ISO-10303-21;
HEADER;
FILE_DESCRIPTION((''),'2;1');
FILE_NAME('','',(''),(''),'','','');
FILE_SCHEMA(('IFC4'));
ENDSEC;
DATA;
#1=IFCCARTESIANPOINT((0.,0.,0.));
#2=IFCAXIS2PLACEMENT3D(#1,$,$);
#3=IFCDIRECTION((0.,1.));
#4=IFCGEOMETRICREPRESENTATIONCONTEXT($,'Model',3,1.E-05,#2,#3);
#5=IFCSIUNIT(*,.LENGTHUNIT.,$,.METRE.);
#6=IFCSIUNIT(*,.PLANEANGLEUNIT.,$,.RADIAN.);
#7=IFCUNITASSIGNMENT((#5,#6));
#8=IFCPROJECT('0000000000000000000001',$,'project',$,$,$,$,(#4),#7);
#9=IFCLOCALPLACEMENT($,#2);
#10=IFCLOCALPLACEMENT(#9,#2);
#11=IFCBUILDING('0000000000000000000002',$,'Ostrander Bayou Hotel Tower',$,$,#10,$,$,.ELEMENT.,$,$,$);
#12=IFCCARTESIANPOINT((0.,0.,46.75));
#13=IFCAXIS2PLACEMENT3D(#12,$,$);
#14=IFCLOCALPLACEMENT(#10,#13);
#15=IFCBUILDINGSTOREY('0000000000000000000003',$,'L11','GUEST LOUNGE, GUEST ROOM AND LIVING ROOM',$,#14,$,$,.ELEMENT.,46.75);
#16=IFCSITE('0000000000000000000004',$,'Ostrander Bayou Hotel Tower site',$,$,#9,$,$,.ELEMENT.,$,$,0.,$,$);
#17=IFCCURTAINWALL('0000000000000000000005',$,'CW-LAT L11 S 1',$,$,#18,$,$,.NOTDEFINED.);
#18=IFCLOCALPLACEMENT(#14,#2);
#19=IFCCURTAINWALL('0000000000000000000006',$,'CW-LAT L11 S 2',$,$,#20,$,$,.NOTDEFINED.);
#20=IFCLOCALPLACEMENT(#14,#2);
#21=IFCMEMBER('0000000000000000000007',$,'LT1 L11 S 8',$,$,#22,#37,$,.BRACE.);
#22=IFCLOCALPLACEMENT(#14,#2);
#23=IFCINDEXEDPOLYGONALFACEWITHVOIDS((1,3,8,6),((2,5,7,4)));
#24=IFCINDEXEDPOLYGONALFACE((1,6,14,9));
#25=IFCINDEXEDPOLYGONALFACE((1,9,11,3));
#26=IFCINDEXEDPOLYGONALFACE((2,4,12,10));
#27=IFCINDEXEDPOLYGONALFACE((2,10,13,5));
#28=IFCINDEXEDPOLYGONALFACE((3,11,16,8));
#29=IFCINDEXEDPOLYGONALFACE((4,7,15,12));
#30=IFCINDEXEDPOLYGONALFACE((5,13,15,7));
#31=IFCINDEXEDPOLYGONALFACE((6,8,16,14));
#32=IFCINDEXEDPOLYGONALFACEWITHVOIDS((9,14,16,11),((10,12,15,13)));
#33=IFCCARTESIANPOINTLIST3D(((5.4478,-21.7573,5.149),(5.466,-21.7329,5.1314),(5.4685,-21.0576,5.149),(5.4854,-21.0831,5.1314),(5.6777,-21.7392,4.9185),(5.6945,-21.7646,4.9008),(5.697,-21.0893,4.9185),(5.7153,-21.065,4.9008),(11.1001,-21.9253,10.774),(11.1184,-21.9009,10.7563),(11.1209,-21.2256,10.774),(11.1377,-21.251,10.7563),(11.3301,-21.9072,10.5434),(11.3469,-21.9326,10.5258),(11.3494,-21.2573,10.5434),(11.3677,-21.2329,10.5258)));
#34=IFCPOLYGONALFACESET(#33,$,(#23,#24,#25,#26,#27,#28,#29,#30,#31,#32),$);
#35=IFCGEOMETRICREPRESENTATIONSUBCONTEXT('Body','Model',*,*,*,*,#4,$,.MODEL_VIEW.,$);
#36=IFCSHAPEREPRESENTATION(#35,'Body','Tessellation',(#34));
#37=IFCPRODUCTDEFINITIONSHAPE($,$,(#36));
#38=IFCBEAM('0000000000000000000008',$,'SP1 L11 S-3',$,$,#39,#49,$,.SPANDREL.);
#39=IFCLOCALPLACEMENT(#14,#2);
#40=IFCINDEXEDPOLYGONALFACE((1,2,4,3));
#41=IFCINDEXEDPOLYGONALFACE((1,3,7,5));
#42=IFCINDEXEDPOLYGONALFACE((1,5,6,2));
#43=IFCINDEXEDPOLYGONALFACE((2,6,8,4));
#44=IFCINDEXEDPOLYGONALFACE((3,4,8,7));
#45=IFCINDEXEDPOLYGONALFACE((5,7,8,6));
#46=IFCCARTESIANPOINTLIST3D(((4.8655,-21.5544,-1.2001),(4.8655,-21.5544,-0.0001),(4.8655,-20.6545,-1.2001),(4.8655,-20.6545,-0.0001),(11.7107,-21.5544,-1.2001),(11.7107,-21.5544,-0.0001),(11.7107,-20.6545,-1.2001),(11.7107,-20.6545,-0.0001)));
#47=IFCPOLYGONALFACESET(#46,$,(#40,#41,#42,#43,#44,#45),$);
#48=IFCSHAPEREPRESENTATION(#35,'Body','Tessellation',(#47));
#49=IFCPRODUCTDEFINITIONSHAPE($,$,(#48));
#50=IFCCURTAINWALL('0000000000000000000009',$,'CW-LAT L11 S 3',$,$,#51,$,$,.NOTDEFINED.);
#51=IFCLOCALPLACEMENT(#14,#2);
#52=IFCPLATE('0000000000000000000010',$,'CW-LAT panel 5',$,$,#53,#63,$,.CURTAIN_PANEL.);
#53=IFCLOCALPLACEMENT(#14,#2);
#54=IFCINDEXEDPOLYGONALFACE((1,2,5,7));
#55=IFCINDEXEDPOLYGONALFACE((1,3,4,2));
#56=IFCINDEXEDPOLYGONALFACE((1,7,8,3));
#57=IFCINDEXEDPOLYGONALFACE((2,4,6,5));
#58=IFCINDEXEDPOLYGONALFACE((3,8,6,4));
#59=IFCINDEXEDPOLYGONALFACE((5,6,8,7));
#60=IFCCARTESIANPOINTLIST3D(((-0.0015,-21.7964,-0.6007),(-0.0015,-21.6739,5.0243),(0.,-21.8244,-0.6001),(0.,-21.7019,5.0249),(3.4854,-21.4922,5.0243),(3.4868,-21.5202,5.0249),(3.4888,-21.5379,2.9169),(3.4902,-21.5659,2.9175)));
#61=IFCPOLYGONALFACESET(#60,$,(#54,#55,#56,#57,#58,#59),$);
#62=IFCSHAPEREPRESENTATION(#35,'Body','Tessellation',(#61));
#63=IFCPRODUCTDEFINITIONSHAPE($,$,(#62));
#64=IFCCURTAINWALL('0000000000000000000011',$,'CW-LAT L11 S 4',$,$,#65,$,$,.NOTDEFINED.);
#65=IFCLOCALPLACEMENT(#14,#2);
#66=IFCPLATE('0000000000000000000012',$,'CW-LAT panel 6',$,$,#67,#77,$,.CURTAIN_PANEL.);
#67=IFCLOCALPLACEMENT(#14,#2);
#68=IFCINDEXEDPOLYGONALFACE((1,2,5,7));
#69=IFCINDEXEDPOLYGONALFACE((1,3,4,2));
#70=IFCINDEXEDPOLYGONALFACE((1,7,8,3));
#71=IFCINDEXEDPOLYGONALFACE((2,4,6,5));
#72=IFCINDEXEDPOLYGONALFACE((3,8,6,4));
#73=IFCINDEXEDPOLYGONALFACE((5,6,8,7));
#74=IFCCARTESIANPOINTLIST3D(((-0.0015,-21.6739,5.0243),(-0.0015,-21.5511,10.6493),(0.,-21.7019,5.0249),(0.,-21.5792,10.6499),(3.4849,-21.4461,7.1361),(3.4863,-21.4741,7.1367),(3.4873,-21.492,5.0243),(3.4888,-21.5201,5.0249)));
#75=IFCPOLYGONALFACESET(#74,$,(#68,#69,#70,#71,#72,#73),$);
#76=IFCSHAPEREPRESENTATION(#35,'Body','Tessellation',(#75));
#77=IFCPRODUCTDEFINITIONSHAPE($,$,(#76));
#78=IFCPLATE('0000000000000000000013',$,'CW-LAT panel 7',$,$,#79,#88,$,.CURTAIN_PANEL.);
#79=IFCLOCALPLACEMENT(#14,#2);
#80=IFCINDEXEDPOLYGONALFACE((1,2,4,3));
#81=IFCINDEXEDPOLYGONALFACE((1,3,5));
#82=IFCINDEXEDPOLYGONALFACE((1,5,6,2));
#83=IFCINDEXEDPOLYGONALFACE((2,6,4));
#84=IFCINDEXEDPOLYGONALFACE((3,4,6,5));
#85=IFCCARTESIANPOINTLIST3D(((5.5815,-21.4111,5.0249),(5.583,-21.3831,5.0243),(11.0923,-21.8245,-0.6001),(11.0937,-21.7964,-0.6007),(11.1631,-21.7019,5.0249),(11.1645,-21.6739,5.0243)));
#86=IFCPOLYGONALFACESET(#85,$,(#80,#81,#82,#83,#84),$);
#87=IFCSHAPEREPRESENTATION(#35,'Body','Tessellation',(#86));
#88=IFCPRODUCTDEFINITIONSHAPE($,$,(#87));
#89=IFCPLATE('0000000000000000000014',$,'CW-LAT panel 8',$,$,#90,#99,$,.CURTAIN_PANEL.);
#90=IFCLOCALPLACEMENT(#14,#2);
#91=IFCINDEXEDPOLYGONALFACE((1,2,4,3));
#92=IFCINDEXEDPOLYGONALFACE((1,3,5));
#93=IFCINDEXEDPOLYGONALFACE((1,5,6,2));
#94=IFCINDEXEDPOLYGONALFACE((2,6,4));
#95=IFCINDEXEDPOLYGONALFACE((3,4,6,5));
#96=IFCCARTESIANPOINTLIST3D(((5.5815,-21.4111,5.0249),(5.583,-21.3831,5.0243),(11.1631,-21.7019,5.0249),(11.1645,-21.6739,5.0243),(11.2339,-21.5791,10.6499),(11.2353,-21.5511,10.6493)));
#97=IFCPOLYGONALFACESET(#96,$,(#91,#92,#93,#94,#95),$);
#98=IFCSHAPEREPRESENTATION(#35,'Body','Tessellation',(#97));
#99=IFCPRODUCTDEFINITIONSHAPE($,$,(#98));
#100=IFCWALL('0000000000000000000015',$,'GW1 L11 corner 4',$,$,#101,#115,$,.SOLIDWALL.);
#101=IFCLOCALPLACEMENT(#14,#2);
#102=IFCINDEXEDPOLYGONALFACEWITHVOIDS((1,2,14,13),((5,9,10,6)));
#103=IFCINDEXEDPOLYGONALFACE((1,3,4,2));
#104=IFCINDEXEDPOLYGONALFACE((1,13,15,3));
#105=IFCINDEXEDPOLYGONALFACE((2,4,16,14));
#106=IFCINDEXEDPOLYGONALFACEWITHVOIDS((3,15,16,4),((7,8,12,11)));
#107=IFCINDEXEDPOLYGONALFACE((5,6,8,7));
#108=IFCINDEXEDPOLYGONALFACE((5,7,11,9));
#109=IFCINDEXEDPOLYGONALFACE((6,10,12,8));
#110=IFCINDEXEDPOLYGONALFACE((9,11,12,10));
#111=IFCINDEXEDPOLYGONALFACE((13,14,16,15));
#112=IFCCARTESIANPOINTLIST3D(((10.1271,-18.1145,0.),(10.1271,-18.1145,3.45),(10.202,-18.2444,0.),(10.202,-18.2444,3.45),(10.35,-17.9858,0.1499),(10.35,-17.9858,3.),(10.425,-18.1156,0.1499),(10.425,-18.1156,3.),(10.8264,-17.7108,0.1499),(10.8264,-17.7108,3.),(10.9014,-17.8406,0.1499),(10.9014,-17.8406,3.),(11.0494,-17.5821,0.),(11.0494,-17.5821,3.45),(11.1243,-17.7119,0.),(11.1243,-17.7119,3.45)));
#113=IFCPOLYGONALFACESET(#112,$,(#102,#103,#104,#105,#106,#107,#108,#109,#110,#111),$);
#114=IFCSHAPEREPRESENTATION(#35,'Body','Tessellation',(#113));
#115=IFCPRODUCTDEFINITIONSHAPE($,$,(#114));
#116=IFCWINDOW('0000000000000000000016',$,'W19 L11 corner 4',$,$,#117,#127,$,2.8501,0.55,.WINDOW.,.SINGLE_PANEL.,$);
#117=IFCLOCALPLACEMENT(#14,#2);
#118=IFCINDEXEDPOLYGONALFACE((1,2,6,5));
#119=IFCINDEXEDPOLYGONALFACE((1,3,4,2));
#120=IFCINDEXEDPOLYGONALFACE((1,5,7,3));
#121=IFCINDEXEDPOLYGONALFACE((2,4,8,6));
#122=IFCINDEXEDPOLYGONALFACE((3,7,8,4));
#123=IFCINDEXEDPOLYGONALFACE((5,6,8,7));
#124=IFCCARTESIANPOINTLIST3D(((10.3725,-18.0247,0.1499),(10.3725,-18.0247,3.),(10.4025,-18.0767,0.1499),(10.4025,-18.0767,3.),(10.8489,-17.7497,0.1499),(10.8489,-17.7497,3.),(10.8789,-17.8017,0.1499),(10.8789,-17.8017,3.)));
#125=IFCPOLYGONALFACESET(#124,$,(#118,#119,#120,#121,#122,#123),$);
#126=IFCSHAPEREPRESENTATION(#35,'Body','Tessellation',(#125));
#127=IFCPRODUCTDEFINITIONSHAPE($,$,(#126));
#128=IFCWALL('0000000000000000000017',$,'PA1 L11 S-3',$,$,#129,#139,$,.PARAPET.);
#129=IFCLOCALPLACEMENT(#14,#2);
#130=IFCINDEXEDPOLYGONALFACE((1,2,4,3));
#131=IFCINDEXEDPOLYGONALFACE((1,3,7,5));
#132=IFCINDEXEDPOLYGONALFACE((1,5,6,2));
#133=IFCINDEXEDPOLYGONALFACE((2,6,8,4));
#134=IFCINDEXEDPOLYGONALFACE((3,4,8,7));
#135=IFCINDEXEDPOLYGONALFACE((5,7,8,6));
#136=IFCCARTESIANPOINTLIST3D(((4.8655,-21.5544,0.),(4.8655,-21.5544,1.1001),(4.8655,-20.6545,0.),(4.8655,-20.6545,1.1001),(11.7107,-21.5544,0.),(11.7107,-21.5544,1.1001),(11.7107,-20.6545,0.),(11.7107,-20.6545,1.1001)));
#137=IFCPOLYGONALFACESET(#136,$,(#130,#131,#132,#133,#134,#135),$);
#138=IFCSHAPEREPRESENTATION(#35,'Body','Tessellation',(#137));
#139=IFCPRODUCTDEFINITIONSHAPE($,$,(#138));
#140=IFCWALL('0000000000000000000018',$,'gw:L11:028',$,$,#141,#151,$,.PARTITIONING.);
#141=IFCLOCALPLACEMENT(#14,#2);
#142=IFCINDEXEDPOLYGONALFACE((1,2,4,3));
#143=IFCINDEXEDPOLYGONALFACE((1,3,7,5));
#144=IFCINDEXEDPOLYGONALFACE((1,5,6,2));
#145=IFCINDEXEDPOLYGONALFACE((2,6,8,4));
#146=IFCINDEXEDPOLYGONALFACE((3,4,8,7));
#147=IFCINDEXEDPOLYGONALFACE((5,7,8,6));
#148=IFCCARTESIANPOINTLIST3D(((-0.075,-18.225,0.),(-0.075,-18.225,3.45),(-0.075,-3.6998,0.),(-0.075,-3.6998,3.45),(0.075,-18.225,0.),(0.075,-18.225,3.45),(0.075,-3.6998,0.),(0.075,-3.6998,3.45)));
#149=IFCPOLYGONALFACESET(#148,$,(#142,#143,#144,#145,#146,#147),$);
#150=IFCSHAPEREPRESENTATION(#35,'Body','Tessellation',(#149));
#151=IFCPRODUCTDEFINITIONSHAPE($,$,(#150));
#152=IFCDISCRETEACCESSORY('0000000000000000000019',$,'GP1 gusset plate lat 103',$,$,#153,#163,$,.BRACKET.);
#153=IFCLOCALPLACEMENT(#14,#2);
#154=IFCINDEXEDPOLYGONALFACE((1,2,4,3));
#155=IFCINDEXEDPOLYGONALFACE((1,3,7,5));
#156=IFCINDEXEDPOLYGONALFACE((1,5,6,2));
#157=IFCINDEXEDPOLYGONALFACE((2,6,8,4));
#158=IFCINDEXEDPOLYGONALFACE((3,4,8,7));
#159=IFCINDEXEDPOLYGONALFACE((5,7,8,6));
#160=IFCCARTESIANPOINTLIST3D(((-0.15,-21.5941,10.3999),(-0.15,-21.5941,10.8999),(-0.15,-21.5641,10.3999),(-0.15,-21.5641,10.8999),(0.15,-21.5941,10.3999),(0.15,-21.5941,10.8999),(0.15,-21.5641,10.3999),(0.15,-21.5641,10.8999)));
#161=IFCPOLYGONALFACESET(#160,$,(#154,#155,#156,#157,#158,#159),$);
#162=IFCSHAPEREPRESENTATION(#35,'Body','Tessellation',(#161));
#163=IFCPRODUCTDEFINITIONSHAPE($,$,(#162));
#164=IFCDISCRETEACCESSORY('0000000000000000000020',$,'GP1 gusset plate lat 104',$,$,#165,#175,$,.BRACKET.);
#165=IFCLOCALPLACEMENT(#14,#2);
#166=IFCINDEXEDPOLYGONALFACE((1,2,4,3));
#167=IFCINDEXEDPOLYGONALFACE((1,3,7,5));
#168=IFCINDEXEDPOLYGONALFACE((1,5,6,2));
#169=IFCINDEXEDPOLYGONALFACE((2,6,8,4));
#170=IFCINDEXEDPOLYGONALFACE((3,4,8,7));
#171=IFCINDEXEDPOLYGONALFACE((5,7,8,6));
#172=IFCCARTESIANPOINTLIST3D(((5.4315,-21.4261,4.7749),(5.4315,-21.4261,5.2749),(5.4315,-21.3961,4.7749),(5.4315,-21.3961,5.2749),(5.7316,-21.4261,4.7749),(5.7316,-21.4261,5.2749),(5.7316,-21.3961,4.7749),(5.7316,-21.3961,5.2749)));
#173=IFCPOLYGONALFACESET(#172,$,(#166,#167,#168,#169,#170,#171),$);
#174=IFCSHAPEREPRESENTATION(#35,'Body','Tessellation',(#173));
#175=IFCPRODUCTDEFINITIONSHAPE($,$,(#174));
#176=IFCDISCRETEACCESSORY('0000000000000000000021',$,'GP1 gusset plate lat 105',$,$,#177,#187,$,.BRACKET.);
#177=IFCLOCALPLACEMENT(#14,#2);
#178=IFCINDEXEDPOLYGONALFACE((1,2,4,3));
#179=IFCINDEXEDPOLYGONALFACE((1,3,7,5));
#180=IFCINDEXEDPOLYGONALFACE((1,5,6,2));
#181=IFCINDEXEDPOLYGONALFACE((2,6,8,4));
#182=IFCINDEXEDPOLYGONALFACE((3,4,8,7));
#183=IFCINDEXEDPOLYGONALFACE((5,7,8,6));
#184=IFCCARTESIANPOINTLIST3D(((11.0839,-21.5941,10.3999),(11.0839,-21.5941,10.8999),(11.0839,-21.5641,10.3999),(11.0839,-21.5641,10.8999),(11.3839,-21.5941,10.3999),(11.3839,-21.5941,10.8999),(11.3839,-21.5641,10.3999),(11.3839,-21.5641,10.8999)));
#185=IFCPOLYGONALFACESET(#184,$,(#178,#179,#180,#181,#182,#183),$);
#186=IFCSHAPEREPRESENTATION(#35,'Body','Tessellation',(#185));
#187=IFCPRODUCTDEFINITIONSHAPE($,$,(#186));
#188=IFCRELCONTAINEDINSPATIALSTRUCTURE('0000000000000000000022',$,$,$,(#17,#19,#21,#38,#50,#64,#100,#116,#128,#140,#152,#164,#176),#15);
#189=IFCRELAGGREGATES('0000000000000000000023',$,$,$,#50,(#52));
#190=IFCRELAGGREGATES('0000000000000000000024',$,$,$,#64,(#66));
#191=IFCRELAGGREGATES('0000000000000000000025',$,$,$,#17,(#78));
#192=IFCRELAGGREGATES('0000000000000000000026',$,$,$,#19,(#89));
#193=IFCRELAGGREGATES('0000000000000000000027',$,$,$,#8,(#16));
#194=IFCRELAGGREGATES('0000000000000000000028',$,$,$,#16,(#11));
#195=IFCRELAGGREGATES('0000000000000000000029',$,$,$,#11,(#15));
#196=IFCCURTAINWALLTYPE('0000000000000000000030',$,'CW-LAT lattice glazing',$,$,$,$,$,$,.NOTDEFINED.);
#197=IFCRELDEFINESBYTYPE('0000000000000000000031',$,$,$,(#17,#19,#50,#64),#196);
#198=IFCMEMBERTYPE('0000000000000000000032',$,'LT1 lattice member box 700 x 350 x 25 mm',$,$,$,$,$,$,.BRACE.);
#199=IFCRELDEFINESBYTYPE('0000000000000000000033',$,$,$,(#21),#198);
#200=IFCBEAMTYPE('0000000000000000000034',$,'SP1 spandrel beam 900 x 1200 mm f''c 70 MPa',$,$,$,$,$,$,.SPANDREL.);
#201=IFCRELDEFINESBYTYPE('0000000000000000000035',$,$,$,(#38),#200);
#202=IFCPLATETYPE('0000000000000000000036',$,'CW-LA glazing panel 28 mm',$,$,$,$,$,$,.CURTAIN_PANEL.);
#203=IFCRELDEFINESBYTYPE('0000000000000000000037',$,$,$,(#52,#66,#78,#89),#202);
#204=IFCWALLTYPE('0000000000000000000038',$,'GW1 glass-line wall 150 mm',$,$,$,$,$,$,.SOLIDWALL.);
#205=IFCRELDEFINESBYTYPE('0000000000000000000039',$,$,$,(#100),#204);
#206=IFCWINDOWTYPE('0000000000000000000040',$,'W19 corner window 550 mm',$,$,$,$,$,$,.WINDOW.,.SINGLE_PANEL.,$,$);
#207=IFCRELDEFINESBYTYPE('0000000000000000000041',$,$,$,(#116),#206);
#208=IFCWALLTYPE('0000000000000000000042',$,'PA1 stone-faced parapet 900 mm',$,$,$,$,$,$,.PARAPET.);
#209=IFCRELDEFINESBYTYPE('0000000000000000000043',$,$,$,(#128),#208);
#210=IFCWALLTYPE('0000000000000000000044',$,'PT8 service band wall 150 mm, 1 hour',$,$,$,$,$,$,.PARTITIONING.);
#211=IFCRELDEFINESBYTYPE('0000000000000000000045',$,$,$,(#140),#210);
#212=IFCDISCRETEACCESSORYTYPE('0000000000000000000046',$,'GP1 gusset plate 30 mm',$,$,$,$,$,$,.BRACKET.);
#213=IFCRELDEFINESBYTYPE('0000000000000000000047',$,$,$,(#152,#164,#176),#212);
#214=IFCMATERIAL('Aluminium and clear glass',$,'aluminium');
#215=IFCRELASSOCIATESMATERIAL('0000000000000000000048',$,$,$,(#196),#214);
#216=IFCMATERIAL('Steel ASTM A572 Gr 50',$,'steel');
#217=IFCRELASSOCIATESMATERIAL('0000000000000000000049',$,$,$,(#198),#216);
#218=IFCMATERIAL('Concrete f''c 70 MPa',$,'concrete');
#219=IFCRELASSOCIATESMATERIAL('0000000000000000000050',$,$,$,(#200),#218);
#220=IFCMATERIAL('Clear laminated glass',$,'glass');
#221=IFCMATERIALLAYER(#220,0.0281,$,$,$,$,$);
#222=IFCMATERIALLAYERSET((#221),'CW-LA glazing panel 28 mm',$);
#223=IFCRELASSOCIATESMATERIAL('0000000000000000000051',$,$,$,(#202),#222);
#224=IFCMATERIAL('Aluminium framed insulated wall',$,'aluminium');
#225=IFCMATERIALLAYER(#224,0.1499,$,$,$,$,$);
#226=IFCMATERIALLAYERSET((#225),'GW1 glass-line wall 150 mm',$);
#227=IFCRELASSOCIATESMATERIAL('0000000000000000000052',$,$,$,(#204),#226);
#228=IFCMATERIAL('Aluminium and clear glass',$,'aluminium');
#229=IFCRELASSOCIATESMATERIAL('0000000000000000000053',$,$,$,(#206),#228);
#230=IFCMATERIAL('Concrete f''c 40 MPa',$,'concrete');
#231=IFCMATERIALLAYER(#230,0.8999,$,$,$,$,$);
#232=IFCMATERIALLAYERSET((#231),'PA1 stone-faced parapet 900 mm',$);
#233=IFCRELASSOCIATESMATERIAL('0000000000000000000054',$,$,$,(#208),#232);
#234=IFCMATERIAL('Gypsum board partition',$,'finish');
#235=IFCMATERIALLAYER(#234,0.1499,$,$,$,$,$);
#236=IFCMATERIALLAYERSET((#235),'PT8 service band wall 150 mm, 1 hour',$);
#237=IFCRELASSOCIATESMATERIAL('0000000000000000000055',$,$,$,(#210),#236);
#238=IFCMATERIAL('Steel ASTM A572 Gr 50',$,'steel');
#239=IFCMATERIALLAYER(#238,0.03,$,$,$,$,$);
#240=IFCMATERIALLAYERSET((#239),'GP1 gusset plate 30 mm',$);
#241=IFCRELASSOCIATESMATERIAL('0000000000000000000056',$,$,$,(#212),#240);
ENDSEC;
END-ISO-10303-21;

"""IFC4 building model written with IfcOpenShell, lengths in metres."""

from ifc_helpers import new_model, si_unit, direction, frame, frame_2d, origin, origin_2d, place, context, subcontext, project, spatial, polyline, rectangle, hollow_rectangle, outline, extrude, material, layer, layer_set, material_profile, profile_set, type_object, element, fill, aggregate, save


model = new_model("IFC4")

# Units and contexts
model_context = context("Model", 3, precision=1e-05, world=origin(), true_north=direction((0.0, 1.0)))
body_context = subcontext(model_context, "Body", "Model", "MODEL_VIEW")
ifc_project = project(units=[si_unit("LENGTHUNIT", "METRE"), si_unit("PLANEANGLEUNIT", "RADIAN")], contexts=[model_context])

# Site, building, storey
site_placement = place(None, origin())
site = spatial("IfcSite", under=ifc_project, at=site_placement, Name="Ostrander Bayou Hotel Tower site", CompositionType="ELEMENT", RefElevation=0.0)
building_placement = place(site_placement, origin())
building = spatial("IfcBuilding", under=site, at=building_placement, Name="Ostrander Bayou Hotel Tower", CompositionType="ELEMENT")
storey_placement = place(building_placement, frame((0.0, 0.0, 46.75)))
storey = spatial("IfcBuildingStorey", under=building, at=storey_placement, Name="L11", Description="GUEST LOUNGE, GUEST ROOM AND LIVING ROOM", CompositionType="ELEMENT", Elevation=46.75)

# Curtain walls
ifc_material_1 = material(Name="Aluminium and clear glass", Category="aluminium")
curtain_wall_type = type_object("IfcCurtainWallType", Name="CW-LAT lattice glazing", PredefinedType="NOTDEFINED", material=ifc_material_1)
curtain_wall_1_placement = place(storey_placement, origin())
curtain_wall_1 = element("IfcCurtainWall", 1, at=curtain_wall_1_placement, inside=storey, type_object=curtain_wall_type, Name="CW-LAT L11 S 1", PredefinedType="NOTDEFINED")
curtain_wall_2_placement = place(storey_placement, origin())
curtain_wall_2 = element("IfcCurtainWall", 2, at=curtain_wall_2_placement, inside=storey, type_object=curtain_wall_type, Name="CW-LAT L11 S 2", PredefinedType="NOTDEFINED")

# Member
ifc_material_2 = material(Name="Steel ASTM A572 Gr 50", Category="steel")
ifc_material_profile_1 = material_profile(ifc_material_2, hollow_rectangle(XDim=0.7, YDim=0.3501, WallThickness=0.0249, at=origin_2d()))
ifc_profile_set_1 = profile_set([ifc_material_profile_1], Name="Steel ASTM A572 Gr 50")
member_type_1 = type_object("IfcMemberType", Name="LT1 lattice member box 700 x 350 x 25 mm", PredefinedType="BRACE", material=ifc_profile_set_1)
member_1_placement = place(storey_placement, frame((5.5815, -21.4111, 5.0249), z_axis=(0.708662, -0.021059, 0.705234), x_axis=(0.029704, 0.999559, 0.0)))
element("IfcMember", 3, at=member_1_placement, inside=storey, type_object=member_type_1, Name="LT1 L11 S 8", PredefinedType="BRACE", context=body_context, shape_type="SweptSolid", body=[
    extrude(hollow_rectangle(XDim=0.7, YDim=0.3501, WallThickness=0.0249, at=origin_2d()), origin(), (0.0, 0.0, 1.0), 7.9761),
])

# Beam
ifc_material_3 = material(Name="Concrete f'c 70 MPa", Category="concrete")
ifc_material_profile_2 = material_profile(ifc_material_3, rectangle(XDim=0.8999, YDim=1.2, at=origin_2d()))
ifc_profile_set_2 = profile_set([ifc_material_profile_2], Name="Concrete f'c 70 MPa")
beam_type_1 = type_object("IfcBeamType", Name="SP1 spandrel beam 900 x 1200 mm f'c 70 MPa", PredefinedType="SPANDREL", material=ifc_profile_set_2)
beam_1_placement = place(storey_placement, frame((4.8655, -21.1045, -0.6001), z_axis=(1.0, 0.0, 0.0), x_axis=(0.0, 1.0, 0.0)))
element("IfcBeam", 4, at=beam_1_placement, inside=storey, type_object=beam_type_1, Name="SP1 L11 S-3", PredefinedType="SPANDREL", context=body_context, shape_type="SweptSolid", body=[
    extrude(rectangle(XDim=0.8999, YDim=1.2, at=origin_2d()), origin(), (0.0, 0.0, 1.0), 6.8452),
])

# Curtain walls, plates
curtain_wall_3_placement = place(storey_placement, origin())
curtain_wall_3 = element("IfcCurtainWall", 5, at=curtain_wall_3_placement, inside=storey, type_object=curtain_wall_type, Name="CW-LAT L11 S 3", PredefinedType="NOTDEFINED")
ifc_material_4 = material(Name="Clear laminated glass", Category="glass")
ifc_layer_1 = layer(ifc_material_4, 0.0281)
ifc_layer_set_1 = layer_set([ifc_layer_1], Name="CW-LA glazing panel 28 mm")
plate_type = type_object("IfcPlateType", Name="CW-LA glazing panel 28 mm", PredefinedType="CURTAIN_PANEL", material=ifc_layer_set_1)
plate_1_placement = place(storey_placement, frame((3.4902, -21.5659, 2.9175), z_axis=(0.052028, -0.998409, 0.021743), x_axis=(-0.703386, -0.052092, -0.708896)))
plate_1 = element("IfcPlate", 6, at=plate_1_placement, type_object=plate_type, Name="CW-LAT panel 5", PredefinedType="CURTAIN_PANEL", context=body_context, shape_type="SweptSolid", body=[
    extrude(outline(polyline([(0.0, 0.0), (4.962, 0.0), (0.9681, -3.9629), (-1.4939, -1.4871), (0.0, 0.0)])), origin(), (0.0, 0.0, -1.0), 0.0281),
])
aggregate(curtain_wall_3, [plate_1])
curtain_wall_4_placement = place(storey_placement, origin())
curtain_wall_4 = element("IfcCurtainWall", 7, at=curtain_wall_4_placement, inside=storey, type_object=curtain_wall_type, Name="CW-LAT L11 S 4", PredefinedType="NOTDEFINED")
plate_2_placement = place(storey_placement, frame((3.4863, -21.4741, 7.1367), z_axis=(0.052035, -0.998408, 0.021787), x_axis=(-0.70423, -0.021217, 0.709655)))
plate_2 = element("IfcPlate", 8, at=plate_2_placement, type_object=plate_type, Name="CW-LAT panel 6", PredefinedType="CURTAIN_PANEL", context=body_context, shape_type="SweptSolid", body=[
    extrude(outline(polyline([(0.0, 0.0), (4.9506, 0.0), (0.9613, 3.9676), (-1.4994, 1.4878), (0.0, 0.0)])), origin(), (0.0, 0.0, -1.0), 0.0281),
])
aggregate(curtain_wall_4, [plate_2])

# Plates
plate_3_placement = place(storey_placement, frame((5.5815, -21.4111, 5.0249), z_axis=(-0.052012, -0.998395, 0.022408), x_axis=(0.698853, -0.052417, -0.713342)))
plate_3 = element("IfcPlate", 9, at=plate_3_placement, type_object=plate_type, Name="CW-LAT panel 7", PredefinedType="CURTAIN_PANEL", context=body_context, shape_type="SweptSolid", body=[
    extrude(outline(polyline([(0.0, 0.0), (7.8854, 0.0), (3.9159, 3.988), (0.0, 0.0)])), origin(), (0.0, 0.0, -1.0), 0.0281),
])
aggregate(curtain_wall_1, [plate_3])
plate_4_placement = place(storey_placement, frame((5.5815, -21.4111, 5.0249), z_axis=(-0.052012, -0.998394, 0.022451), x_axis=(0.708662, -0.021059, 0.705234)))
plate_4 = element("IfcPlate", 10, at=plate_4_placement, type_object=plate_type, Name="CW-LAT panel 8", PredefinedType="CURTAIN_PANEL", context=body_context, shape_type="SweptSolid", body=[
    extrude(outline(polyline([(0.0, 0.0), (7.9761, 0.0), (3.9616, -3.9426), (0.0, 0.0)])), origin(), (0.0, 0.0, -1.0), 0.0281),
])
aggregate(curtain_wall_2, [plate_4])

# Wall, opening, window
ifc_material_5 = material(Name="Aluminium framed insulated wall", Category="aluminium")
ifc_layer_2 = layer(ifc_material_5, 0.1499)
ifc_layer_set_2 = layer_set([ifc_layer_2], Name="GW1 glass-line wall 150 mm")
wall_type_1 = type_object("IfcWallType", Name="GW1 glass-line wall 150 mm", PredefinedType="SOLIDWALL", material=ifc_layer_set_2)
wall_1_placement = place(storey_placement, frame((10.1646, -18.1794, 0.0), z_axis=(0.0, 0.0, 1.0), x_axis=(0.866048, 0.499961, 0.0)))
wall_1 = element("IfcWall", 11, at=wall_1_placement, inside=storey, type_object=wall_type_1, Name="GW1 L11 corner 4", PredefinedType="SOLIDWALL", context=body_context, shape_type="SweptSolid", body=[
    extrude(rectangle(XDim=1.0649, YDim=0.1499, at=frame_2d((0.5325, 0.0))), origin(), (0.0, 0.0, 1.0), 3.45),
])
opening_placement = place(wall_1_placement, frame((0.2576, 0.0, 0.1499)))
opening = element("IfcOpeningElement", 12, at=opening_placement, cuts=wall_1, PredefinedType="OPENING", context=body_context, shape_type="SweptSolid", body=[
    extrude(rectangle(XDim=0.55, YDim=2.8501, at=frame_2d((0.2749, 1.425))), frame((0.0, 0.075, 0.0), z_axis=(0.0, -1.0, 0.0), x_axis=(1.0, 0.0, 0.0)), (0.0, 0.0, 1.0), 0.1499),
])
ifc_material_6 = material(Name="Aluminium and clear glass", Category="aluminium")
window_type = type_object("IfcWindowType", Name="W19 corner window 550 mm", PartitioningType="SINGLE_PANEL", PredefinedType="WINDOW", material=ifc_material_6)
window_placement = place(opening_placement, origin())
window = element("IfcWindow", 13, at=window_placement, inside=storey, type_object=window_type, Name="W19 L11 corner 4", OverallHeight=2.8501, OverallWidth=0.55, PartitioningType="SINGLE_PANEL", PredefinedType="WINDOW", context=body_context, shape_type="SweptSolid", body=[
    extrude(rectangle(XDim=0.55, YDim=2.8501, at=frame_2d((0.2749, 1.425))), frame((0.0, 0.03, 0.0), z_axis=(0.0, -1.0, 0.0), x_axis=(1.0, 0.0, 0.0)), (0.0, 0.0, 1.0), 0.0601),
])
fill(opening, window)

# Walls
ifc_material_7 = material(Name="Concrete f'c 40 MPa", Category="concrete")
ifc_layer_3 = layer(ifc_material_7, 0.8999)
ifc_layer_set_3 = layer_set([ifc_layer_3], Name="PA1 stone-faced parapet 900 mm")
wall_type_2 = type_object("IfcWallType", Name="PA1 stone-faced parapet 900 mm", PredefinedType="PARAPET", material=ifc_layer_set_3)
wall_2_placement = place(storey_placement, frame((4.8655, -21.1045, 0.0), z_axis=(0.0, 0.0, 1.0), x_axis=(1.0, 0.0, 0.0)))
element("IfcWall", 14, at=wall_2_placement, inside=storey, type_object=wall_type_2, Name="PA1 L11 S-3", PredefinedType="PARAPET", context=body_context, shape_type="SweptSolid", body=[
    extrude(rectangle(XDim=6.8452, YDim=0.8999, at=frame_2d((3.4226, 0.0))), origin(), (0.0, 0.0, 1.0), 1.1001),
])
ifc_material_8 = material(Name="Gypsum board partition", Category="finish")
ifc_layer_4 = layer(ifc_material_8, 0.1499)
ifc_layer_set_4 = layer_set([ifc_layer_4], Name="PT8 service band wall 150 mm, 1 hour")
wall_type_3 = type_object("IfcWallType", Name="PT8 service band wall 150 mm, 1 hour", PredefinedType="PARTITIONING", material=ifc_layer_set_4)
wall_3_placement = place(storey_placement, frame((0.0, -18.2251, 0.0), z_axis=(0.0, 0.0, 1.0), x_axis=(0.0, 1.0, 0.0)))
element("IfcWall", 15, at=wall_3_placement, inside=storey, type_object=wall_type_3, Name="gw:L11:028", PredefinedType="PARTITIONING", context=body_context, shape_type="SweptSolid", body=[
    extrude(rectangle(XDim=14.5251, YDim=0.1499, at=frame_2d((7.2627, 0.0))), origin(), (0.0, 0.0, 1.0), 3.45),
])

# Discrete accessories
ifc_material_9 = material(Name="Steel ASTM A572 Gr 50", Category="steel")
ifc_layer_5 = layer(ifc_material_9, 0.03)
ifc_layer_set_5 = layer_set([ifc_layer_5], Name="GP1 gusset plate 30 mm")
discrete_accessory_type = type_object("IfcDiscreteAccessoryType", Name="GP1 gusset plate 30 mm", PredefinedType="BRACKET", material=ifc_layer_set_5)
for number, where, z_axis, x_axis, name in (
    (16, (0.0, -21.5791, 10.3999), (0.0, 0.0, 1.0), (1.0, 0.0, 0.0), "GP1 gusset plate lat 103"),
    (17, (5.5815, -21.4111, 4.7749), (0.0, 0.0, 1.0), (1.0, 0.0, 0.0), "GP1 gusset plate lat 104"),
    (18, (11.2339, -21.5791, 10.3999), (0.0, 0.0, 1.0), (1.0, 0.0, 0.0), "GP1 gusset plate lat 105"),
):
    element("IfcDiscreteAccessory", number, at=place(storey_placement, frame(where, z_axis=z_axis, x_axis=x_axis)), inside=storey, type_object=discrete_accessory_type, Name=name, PredefinedType="BRACKET", context=body_context, shape_type="SweptSolid", body=[
        extrude(rectangle(XDim=0.3, YDim=0.03, at=origin_2d()), origin(), (0.0, 0.0, 1.0), 0.5),
    ])

save(model, "model.ifc")
